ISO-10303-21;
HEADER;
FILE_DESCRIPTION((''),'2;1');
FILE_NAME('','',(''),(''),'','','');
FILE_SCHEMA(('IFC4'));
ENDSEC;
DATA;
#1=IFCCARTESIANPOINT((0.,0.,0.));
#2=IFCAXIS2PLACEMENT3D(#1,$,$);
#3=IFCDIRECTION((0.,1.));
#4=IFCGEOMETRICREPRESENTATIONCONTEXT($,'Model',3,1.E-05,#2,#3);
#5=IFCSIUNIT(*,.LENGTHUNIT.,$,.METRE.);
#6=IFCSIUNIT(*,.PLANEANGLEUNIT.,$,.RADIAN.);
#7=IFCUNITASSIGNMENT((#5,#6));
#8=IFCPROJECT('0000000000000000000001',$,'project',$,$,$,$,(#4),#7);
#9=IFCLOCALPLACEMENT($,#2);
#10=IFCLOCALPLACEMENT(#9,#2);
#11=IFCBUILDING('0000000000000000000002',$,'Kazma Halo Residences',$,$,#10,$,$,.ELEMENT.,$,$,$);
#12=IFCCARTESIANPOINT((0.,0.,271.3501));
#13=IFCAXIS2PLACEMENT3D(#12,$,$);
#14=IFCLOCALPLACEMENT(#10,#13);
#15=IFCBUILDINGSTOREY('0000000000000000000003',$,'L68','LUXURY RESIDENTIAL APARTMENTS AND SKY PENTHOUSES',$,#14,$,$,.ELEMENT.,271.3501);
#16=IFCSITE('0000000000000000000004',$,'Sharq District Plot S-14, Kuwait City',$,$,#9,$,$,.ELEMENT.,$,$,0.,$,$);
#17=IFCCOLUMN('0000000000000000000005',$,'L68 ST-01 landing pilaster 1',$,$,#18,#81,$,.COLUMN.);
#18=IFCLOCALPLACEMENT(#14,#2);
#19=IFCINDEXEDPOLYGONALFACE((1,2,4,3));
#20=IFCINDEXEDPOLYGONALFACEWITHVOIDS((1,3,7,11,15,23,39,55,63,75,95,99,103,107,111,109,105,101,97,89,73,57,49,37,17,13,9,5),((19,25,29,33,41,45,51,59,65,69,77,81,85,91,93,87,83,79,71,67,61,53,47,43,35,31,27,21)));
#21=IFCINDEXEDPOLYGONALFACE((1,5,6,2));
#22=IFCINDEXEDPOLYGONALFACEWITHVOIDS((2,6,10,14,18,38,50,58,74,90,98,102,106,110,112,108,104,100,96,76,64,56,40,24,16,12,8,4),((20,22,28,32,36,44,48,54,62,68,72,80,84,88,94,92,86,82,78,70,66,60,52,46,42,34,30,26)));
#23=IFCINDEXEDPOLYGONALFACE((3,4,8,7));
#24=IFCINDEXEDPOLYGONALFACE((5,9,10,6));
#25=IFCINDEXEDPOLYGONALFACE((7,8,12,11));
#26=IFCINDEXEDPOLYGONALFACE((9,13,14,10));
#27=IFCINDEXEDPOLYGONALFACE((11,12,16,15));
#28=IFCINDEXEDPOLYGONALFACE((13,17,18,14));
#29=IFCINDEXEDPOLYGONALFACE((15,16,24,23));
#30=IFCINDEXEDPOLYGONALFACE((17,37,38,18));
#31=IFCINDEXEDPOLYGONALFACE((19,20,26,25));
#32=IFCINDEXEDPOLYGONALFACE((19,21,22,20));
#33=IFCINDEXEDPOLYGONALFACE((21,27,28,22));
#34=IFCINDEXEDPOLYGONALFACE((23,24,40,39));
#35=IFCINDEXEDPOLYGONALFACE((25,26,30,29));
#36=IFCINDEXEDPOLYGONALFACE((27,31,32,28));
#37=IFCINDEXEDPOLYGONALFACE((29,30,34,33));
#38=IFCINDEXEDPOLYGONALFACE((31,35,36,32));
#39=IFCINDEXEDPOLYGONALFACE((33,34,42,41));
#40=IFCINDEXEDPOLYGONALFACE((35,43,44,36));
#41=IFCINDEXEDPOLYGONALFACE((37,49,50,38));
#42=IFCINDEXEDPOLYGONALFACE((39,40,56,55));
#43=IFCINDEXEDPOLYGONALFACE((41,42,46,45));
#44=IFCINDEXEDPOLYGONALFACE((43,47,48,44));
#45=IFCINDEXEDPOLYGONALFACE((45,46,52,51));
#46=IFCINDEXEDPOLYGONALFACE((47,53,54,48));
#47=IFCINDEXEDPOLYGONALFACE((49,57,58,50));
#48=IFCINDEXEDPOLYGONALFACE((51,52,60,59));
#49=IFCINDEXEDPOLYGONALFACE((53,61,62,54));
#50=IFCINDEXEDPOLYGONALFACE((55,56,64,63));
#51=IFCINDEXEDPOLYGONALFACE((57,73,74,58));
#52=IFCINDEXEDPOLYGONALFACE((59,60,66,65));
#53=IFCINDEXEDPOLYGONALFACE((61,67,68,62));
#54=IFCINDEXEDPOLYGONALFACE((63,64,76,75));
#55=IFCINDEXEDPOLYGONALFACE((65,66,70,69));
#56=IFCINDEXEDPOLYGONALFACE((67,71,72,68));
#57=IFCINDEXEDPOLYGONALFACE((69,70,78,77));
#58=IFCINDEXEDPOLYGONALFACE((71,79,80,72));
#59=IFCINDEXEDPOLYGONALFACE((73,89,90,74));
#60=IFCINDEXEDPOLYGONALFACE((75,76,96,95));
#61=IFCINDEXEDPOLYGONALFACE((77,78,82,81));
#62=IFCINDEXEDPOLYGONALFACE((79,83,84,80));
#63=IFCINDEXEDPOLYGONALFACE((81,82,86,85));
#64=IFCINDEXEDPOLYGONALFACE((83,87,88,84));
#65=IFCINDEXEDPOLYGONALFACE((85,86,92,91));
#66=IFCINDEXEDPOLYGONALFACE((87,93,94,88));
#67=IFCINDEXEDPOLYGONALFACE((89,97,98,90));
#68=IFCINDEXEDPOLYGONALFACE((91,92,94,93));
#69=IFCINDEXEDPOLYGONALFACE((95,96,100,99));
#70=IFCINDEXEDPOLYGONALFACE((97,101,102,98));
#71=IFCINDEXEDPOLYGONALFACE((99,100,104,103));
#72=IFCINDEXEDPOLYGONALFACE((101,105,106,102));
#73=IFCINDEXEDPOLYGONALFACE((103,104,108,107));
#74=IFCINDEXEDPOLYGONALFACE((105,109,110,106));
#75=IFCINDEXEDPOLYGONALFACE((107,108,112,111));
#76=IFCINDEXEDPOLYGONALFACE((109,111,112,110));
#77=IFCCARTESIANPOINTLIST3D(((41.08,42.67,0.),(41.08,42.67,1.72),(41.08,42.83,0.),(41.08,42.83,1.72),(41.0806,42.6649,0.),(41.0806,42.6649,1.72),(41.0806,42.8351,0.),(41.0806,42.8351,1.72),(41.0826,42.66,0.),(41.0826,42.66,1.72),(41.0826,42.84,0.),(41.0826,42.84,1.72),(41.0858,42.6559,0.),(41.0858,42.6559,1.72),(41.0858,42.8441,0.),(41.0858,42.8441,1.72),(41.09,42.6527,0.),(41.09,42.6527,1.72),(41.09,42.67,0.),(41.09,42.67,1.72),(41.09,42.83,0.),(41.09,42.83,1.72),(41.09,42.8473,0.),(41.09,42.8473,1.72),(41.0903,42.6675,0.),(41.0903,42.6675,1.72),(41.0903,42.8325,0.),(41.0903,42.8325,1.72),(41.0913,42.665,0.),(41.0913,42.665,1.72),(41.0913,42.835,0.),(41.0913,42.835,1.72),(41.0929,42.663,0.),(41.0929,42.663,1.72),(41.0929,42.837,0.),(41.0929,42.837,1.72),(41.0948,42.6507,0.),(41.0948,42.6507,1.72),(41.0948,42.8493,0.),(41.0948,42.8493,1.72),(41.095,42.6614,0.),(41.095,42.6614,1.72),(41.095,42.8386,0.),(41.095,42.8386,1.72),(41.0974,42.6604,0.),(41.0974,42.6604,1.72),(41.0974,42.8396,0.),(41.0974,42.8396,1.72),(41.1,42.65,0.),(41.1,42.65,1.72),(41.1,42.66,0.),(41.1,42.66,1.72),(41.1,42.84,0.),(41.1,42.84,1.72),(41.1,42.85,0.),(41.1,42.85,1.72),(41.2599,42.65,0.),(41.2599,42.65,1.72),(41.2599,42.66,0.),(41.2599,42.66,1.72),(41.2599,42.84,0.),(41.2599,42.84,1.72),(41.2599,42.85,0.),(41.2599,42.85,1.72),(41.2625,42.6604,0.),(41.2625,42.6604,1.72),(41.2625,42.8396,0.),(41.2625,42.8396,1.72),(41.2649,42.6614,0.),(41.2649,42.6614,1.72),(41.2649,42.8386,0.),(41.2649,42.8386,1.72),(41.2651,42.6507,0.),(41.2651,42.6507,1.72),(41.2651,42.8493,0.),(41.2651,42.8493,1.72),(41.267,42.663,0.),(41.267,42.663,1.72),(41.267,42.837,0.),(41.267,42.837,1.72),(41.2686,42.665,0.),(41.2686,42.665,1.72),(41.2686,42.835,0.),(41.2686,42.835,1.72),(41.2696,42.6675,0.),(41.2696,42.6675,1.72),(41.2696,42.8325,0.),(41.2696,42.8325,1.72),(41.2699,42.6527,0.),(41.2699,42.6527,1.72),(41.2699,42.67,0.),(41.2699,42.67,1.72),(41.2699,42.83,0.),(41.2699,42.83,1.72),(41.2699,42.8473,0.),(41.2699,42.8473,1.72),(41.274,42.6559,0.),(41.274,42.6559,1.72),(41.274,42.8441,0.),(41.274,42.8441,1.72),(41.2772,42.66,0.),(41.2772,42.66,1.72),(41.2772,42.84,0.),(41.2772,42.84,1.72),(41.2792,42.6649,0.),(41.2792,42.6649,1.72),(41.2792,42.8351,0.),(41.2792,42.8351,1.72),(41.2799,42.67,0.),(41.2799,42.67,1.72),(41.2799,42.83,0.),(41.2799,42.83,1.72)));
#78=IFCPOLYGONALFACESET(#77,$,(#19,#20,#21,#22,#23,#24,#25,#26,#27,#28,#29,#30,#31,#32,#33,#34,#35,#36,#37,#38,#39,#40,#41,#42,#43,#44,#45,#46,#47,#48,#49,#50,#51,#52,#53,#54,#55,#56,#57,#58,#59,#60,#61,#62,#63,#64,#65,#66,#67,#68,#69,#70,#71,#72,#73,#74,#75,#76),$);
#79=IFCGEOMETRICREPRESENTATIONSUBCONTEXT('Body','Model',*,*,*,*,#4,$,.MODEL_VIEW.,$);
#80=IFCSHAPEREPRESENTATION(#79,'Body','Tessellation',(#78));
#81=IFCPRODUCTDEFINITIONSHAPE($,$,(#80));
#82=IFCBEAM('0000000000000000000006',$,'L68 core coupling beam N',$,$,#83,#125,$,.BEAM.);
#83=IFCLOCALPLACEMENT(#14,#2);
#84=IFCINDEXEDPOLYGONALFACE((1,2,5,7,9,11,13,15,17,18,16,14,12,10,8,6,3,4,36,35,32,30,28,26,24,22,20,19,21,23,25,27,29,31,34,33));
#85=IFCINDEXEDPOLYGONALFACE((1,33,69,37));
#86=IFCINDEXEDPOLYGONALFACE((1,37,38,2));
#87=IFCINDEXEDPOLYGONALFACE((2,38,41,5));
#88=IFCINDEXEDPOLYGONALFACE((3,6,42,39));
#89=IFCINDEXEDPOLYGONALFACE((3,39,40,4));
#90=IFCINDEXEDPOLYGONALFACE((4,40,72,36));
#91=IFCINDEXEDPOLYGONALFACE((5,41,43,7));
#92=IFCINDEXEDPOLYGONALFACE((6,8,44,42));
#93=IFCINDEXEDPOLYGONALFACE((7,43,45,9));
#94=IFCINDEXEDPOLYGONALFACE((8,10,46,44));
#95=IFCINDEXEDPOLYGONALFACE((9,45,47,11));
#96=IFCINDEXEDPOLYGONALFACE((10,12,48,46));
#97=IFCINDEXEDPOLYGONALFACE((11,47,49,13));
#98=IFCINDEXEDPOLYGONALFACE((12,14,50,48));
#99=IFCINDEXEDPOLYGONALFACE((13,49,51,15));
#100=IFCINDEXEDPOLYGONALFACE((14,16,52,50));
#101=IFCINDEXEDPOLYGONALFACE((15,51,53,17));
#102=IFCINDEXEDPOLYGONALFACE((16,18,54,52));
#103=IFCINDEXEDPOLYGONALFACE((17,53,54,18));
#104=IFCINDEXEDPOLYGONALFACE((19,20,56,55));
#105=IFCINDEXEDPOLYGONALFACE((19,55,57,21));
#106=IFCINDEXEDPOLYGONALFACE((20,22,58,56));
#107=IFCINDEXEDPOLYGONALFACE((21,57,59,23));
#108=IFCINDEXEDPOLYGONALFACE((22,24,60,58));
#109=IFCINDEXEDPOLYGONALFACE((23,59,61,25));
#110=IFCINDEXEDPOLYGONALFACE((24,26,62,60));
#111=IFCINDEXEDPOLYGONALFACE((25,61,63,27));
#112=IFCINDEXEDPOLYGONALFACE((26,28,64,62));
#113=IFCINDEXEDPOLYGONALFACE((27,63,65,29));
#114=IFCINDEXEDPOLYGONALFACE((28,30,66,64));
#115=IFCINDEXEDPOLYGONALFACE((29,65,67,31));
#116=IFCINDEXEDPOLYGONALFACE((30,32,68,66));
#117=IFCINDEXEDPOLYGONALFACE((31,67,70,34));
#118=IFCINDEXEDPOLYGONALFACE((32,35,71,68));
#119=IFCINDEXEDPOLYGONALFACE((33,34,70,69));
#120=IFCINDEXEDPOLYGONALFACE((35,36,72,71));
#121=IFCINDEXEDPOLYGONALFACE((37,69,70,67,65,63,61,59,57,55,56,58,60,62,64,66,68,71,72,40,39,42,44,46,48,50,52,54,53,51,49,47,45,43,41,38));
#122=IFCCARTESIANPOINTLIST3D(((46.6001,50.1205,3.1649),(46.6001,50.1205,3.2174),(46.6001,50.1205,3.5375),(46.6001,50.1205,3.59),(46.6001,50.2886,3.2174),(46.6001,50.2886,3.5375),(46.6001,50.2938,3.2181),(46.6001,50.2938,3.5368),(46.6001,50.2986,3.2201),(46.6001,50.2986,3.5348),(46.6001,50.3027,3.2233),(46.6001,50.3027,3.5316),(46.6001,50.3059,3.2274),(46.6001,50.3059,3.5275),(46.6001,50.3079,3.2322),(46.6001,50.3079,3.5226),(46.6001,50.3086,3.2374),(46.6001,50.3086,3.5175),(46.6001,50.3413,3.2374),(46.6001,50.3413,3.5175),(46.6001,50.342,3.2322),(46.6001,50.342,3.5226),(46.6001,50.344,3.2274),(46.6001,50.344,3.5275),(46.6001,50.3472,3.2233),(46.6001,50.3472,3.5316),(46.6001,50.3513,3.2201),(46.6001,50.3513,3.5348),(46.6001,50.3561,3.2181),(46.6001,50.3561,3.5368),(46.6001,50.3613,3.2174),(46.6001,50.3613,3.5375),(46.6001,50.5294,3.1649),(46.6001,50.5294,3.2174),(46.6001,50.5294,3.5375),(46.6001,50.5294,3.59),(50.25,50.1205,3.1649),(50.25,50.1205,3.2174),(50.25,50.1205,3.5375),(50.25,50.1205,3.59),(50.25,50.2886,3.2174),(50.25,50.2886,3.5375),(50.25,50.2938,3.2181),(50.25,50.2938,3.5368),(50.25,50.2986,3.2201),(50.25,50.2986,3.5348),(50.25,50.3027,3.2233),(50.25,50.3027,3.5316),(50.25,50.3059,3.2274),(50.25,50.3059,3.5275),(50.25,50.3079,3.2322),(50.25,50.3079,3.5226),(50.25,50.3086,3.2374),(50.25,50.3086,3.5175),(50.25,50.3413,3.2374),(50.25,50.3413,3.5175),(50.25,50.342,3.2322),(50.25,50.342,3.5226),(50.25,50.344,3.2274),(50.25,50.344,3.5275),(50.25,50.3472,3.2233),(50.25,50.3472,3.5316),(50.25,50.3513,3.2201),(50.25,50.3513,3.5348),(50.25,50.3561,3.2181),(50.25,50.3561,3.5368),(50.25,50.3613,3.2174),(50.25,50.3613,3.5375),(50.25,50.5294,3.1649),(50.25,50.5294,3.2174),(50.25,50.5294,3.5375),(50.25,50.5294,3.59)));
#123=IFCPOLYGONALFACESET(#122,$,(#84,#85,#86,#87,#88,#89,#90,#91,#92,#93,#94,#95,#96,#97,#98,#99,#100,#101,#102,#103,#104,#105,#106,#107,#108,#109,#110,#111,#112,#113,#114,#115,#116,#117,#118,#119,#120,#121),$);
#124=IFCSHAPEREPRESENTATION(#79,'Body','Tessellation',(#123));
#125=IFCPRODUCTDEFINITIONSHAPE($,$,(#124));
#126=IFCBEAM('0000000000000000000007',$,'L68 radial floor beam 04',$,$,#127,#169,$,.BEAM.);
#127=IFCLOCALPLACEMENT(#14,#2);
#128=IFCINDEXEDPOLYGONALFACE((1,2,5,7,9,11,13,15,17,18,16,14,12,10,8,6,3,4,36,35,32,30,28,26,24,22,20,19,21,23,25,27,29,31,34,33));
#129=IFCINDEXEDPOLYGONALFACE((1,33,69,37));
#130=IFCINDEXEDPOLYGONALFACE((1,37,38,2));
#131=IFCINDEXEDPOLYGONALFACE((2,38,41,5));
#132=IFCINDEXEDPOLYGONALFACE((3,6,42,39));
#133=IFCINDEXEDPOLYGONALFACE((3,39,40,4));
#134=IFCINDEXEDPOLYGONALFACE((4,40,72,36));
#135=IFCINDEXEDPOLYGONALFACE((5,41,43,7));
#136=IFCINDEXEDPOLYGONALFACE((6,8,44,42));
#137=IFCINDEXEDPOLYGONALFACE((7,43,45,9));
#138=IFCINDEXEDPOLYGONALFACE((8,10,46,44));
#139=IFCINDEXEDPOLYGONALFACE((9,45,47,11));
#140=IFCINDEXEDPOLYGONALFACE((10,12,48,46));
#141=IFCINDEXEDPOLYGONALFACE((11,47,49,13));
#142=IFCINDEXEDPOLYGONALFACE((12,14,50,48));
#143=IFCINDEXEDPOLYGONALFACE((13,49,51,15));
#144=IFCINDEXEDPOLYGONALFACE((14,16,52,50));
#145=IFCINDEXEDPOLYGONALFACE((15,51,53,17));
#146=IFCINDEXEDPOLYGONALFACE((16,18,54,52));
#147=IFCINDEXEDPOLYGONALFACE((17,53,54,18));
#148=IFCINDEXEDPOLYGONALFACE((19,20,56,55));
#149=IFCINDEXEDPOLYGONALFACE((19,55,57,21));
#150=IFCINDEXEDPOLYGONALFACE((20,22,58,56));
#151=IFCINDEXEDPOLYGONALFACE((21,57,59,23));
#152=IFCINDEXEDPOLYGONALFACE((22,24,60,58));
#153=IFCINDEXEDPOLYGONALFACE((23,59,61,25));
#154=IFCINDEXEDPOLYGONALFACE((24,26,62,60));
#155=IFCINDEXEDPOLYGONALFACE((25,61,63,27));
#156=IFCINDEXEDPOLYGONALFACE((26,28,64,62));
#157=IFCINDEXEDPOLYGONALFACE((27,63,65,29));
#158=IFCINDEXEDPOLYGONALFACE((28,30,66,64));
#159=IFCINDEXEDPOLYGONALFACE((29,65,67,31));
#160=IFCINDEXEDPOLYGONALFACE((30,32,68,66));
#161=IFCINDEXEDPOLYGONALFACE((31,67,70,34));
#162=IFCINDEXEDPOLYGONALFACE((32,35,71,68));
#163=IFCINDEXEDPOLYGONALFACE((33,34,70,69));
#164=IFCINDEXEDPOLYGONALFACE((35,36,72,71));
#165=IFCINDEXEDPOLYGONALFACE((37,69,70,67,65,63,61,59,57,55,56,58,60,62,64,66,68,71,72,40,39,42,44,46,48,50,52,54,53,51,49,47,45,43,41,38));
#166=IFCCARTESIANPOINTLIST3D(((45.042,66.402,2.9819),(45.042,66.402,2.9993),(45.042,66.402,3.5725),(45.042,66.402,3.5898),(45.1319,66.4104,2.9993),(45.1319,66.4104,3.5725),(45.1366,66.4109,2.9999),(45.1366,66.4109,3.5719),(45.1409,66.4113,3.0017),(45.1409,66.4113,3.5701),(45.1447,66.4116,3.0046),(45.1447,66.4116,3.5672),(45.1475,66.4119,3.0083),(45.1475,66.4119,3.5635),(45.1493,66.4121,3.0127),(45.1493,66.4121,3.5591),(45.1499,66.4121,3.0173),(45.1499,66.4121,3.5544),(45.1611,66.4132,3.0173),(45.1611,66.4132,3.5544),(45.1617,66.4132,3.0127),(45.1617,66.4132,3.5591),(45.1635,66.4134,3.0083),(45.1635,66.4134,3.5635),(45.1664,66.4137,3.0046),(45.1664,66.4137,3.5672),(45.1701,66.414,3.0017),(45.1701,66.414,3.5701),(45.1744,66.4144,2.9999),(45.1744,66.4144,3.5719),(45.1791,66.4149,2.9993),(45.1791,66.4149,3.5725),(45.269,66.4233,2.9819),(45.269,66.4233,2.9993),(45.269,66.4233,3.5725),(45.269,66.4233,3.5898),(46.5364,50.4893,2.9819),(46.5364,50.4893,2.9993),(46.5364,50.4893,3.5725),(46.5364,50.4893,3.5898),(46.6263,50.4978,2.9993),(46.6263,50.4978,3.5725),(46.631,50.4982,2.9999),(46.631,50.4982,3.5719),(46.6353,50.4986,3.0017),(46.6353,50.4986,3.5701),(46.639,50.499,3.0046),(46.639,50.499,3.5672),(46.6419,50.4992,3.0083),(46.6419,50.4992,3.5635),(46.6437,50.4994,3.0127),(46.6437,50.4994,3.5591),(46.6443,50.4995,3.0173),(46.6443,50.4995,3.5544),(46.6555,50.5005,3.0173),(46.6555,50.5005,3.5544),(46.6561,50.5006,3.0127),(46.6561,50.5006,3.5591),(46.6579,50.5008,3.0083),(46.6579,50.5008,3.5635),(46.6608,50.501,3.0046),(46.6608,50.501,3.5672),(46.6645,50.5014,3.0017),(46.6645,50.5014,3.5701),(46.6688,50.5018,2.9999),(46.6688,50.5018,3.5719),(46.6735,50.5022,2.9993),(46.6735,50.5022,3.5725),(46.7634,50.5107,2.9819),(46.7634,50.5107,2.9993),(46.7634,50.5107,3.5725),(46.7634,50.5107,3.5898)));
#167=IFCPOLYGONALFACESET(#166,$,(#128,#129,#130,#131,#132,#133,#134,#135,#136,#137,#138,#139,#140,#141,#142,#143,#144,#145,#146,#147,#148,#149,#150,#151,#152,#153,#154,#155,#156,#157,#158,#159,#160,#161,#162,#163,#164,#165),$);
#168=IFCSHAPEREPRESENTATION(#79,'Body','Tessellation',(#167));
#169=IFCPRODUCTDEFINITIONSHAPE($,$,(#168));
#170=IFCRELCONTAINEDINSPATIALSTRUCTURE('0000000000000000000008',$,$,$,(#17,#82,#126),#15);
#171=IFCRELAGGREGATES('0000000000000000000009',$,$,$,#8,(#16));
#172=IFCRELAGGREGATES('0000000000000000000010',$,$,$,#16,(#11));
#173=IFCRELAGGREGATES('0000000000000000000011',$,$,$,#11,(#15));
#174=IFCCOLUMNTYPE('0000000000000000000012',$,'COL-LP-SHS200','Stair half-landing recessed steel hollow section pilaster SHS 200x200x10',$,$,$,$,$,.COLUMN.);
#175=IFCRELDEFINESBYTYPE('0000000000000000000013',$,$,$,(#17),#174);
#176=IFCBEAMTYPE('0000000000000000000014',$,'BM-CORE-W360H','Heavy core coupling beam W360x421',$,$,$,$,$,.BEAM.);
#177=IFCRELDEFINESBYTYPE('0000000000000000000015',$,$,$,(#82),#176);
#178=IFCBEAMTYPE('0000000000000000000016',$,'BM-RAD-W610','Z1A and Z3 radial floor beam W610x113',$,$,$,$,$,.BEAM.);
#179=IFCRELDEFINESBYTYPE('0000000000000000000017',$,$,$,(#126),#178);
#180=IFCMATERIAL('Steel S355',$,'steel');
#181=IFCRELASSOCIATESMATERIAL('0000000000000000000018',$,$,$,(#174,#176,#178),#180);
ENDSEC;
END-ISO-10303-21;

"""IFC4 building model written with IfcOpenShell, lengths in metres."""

from ifc_helpers import new_model, si_unit, direction, frame, origin, origin_2d, place, context, subcontext, project, spatial, hollow_rectangle, i_section, extrude, material, material_profile, profile_set, type_object, element, save


model = new_model("IFC4")

# Units and contexts
model_context = context("Model", 3, precision=1e-05, world=origin(), true_north=direction((0.0, 1.0)))
body_context = subcontext(model_context, "Body", "Model", "MODEL_VIEW")
ifc_project = project(units=[si_unit("LENGTHUNIT", "METRE"), si_unit("PLANEANGLEUNIT", "RADIAN")], contexts=[model_context])

# Site, building, storey
site_placement = place(None, origin())
site = spatial("IfcSite", under=ifc_project, at=site_placement, Name="Sharq District Plot S-14, Kuwait City", CompositionType="ELEMENT", RefElevation=0.0)
building_placement = place(site_placement, origin())
building = spatial("IfcBuilding", under=site, at=building_placement, Name="Kazma Halo Residences", CompositionType="ELEMENT")
storey_placement = place(building_placement, frame((0.0, 0.0, 271.3501)))
storey = spatial("IfcBuildingStorey", under=building, at=storey_placement, Name="L68", Description="LUXURY RESIDENTIAL APARTMENTS AND SKY PENTHOUSES", CompositionType="ELEMENT", Elevation=271.3501)

# Column
ifc_material_1 = material(Name="Steel S355", Category="steel")
ifc_material_profile_1 = material_profile(ifc_material_1, hollow_rectangle(XDim=0.2, YDim=0.2, WallThickness=0.01, InnerFilletRadius=0.01, OuterFilletRadius=0.02, at=origin_2d()), Name="SHS200x200x10")
ifc_profile_set_1 = profile_set([ifc_material_profile_1], Name="Steel S355")
column_type = type_object("IfcColumnType", Name="COL-LP-SHS200", Description="Stair half-landing recessed steel hollow section pilaster SHS 200x200x10", PredefinedType="COLUMN", material=ifc_profile_set_1)
column_placement = place(storey_placement, frame((41.1799, 42.75, 0.0), z_axis=(0.0, 0.0, 1.0), x_axis=(1.0, 0.0, 0.0)))
element("IfcColumn", 1, at=column_placement, inside=storey, type_object=column_type, Name="L68 ST-01 landing pilaster 1", PredefinedType="COLUMN", context=body_context, shape_type="SweptSolid", body=[
    extrude(hollow_rectangle(XDim=0.2, YDim=0.2, WallThickness=0.01, InnerFilletRadius=0.01, OuterFilletRadius=0.02, at=origin_2d()), origin(), (0.0, 0.0, 1.0), 1.72),
])

# Beams
ifc_material_profile_2 = material_profile(ifc_material_1, i_section(OverallWidth=0.4089, OverallDepth=0.425, WebThickness=0.0327, FlangeThickness=0.0525, FilletRadius=0.02, at=origin_2d()), Name="W360x421")
ifc_profile_set_2 = profile_set([ifc_material_profile_2], Name="Steel S355")
beam_type_1 = type_object("IfcBeamType", Name="BM-CORE-W360H", Description="Heavy core coupling beam W360x421", PredefinedType="BEAM", material=ifc_profile_set_2)
beam_1_placement = place(storey_placement, frame((46.6001, 50.325, 3.3774), z_axis=(1.0, 0.0, 0.0), x_axis=(0.0, 1.0, 0.0)))
element("IfcBeam", 2, at=beam_1_placement, inside=storey, type_object=beam_type_1, Name="L68 core coupling beam N", PredefinedType="BEAM", context=body_context, shape_type="SweptSolid", body=[
    extrude(i_section(OverallWidth=0.4089, OverallDepth=0.425, WebThickness=0.0327, FlangeThickness=0.0525, FilletRadius=0.02, at=origin_2d()), origin(), (0.0, 0.0, 1.0), 3.6499),
])
ifc_material_profile_3 = material_profile(ifc_material_1, i_section(OverallWidth=0.228, OverallDepth=0.6079, WebThickness=0.0112, FlangeThickness=0.0173, FilletRadius=0.0181, at=origin_2d()), Name="W610x113")
ifc_profile_set_3 = profile_set([ifc_material_profile_3], Name="Steel S355")
beam_type_2 = type_object("IfcBeamType", Name="BM-RAD-W610", Description="Z1A and Z3 radial floor beam W610x113", PredefinedType="BEAM", material=ifc_profile_set_3)
beam_2_placement = place(storey_placement, frame((46.6499, 50.5, 3.2859), z_axis=(-0.093501, 0.995619, 0.0), x_axis=(-0.995619, -0.093501, 0.0)))
element("IfcBeam", 3, at=beam_2_placement, inside=storey, type_object=beam_type_2, Name="L68 radial floor beam 04", PredefinedType="BEAM", context=body_context, shape_type="SweptSolid", body=[
    extrude(i_section(OverallWidth=0.228, OverallDepth=0.6079, WebThickness=0.0112, FlangeThickness=0.0173, FilletRadius=0.0181, at=origin_2d()), origin(), (0.0, 0.0, 1.0), 15.9827),
])

save(model, "model.ifc")
